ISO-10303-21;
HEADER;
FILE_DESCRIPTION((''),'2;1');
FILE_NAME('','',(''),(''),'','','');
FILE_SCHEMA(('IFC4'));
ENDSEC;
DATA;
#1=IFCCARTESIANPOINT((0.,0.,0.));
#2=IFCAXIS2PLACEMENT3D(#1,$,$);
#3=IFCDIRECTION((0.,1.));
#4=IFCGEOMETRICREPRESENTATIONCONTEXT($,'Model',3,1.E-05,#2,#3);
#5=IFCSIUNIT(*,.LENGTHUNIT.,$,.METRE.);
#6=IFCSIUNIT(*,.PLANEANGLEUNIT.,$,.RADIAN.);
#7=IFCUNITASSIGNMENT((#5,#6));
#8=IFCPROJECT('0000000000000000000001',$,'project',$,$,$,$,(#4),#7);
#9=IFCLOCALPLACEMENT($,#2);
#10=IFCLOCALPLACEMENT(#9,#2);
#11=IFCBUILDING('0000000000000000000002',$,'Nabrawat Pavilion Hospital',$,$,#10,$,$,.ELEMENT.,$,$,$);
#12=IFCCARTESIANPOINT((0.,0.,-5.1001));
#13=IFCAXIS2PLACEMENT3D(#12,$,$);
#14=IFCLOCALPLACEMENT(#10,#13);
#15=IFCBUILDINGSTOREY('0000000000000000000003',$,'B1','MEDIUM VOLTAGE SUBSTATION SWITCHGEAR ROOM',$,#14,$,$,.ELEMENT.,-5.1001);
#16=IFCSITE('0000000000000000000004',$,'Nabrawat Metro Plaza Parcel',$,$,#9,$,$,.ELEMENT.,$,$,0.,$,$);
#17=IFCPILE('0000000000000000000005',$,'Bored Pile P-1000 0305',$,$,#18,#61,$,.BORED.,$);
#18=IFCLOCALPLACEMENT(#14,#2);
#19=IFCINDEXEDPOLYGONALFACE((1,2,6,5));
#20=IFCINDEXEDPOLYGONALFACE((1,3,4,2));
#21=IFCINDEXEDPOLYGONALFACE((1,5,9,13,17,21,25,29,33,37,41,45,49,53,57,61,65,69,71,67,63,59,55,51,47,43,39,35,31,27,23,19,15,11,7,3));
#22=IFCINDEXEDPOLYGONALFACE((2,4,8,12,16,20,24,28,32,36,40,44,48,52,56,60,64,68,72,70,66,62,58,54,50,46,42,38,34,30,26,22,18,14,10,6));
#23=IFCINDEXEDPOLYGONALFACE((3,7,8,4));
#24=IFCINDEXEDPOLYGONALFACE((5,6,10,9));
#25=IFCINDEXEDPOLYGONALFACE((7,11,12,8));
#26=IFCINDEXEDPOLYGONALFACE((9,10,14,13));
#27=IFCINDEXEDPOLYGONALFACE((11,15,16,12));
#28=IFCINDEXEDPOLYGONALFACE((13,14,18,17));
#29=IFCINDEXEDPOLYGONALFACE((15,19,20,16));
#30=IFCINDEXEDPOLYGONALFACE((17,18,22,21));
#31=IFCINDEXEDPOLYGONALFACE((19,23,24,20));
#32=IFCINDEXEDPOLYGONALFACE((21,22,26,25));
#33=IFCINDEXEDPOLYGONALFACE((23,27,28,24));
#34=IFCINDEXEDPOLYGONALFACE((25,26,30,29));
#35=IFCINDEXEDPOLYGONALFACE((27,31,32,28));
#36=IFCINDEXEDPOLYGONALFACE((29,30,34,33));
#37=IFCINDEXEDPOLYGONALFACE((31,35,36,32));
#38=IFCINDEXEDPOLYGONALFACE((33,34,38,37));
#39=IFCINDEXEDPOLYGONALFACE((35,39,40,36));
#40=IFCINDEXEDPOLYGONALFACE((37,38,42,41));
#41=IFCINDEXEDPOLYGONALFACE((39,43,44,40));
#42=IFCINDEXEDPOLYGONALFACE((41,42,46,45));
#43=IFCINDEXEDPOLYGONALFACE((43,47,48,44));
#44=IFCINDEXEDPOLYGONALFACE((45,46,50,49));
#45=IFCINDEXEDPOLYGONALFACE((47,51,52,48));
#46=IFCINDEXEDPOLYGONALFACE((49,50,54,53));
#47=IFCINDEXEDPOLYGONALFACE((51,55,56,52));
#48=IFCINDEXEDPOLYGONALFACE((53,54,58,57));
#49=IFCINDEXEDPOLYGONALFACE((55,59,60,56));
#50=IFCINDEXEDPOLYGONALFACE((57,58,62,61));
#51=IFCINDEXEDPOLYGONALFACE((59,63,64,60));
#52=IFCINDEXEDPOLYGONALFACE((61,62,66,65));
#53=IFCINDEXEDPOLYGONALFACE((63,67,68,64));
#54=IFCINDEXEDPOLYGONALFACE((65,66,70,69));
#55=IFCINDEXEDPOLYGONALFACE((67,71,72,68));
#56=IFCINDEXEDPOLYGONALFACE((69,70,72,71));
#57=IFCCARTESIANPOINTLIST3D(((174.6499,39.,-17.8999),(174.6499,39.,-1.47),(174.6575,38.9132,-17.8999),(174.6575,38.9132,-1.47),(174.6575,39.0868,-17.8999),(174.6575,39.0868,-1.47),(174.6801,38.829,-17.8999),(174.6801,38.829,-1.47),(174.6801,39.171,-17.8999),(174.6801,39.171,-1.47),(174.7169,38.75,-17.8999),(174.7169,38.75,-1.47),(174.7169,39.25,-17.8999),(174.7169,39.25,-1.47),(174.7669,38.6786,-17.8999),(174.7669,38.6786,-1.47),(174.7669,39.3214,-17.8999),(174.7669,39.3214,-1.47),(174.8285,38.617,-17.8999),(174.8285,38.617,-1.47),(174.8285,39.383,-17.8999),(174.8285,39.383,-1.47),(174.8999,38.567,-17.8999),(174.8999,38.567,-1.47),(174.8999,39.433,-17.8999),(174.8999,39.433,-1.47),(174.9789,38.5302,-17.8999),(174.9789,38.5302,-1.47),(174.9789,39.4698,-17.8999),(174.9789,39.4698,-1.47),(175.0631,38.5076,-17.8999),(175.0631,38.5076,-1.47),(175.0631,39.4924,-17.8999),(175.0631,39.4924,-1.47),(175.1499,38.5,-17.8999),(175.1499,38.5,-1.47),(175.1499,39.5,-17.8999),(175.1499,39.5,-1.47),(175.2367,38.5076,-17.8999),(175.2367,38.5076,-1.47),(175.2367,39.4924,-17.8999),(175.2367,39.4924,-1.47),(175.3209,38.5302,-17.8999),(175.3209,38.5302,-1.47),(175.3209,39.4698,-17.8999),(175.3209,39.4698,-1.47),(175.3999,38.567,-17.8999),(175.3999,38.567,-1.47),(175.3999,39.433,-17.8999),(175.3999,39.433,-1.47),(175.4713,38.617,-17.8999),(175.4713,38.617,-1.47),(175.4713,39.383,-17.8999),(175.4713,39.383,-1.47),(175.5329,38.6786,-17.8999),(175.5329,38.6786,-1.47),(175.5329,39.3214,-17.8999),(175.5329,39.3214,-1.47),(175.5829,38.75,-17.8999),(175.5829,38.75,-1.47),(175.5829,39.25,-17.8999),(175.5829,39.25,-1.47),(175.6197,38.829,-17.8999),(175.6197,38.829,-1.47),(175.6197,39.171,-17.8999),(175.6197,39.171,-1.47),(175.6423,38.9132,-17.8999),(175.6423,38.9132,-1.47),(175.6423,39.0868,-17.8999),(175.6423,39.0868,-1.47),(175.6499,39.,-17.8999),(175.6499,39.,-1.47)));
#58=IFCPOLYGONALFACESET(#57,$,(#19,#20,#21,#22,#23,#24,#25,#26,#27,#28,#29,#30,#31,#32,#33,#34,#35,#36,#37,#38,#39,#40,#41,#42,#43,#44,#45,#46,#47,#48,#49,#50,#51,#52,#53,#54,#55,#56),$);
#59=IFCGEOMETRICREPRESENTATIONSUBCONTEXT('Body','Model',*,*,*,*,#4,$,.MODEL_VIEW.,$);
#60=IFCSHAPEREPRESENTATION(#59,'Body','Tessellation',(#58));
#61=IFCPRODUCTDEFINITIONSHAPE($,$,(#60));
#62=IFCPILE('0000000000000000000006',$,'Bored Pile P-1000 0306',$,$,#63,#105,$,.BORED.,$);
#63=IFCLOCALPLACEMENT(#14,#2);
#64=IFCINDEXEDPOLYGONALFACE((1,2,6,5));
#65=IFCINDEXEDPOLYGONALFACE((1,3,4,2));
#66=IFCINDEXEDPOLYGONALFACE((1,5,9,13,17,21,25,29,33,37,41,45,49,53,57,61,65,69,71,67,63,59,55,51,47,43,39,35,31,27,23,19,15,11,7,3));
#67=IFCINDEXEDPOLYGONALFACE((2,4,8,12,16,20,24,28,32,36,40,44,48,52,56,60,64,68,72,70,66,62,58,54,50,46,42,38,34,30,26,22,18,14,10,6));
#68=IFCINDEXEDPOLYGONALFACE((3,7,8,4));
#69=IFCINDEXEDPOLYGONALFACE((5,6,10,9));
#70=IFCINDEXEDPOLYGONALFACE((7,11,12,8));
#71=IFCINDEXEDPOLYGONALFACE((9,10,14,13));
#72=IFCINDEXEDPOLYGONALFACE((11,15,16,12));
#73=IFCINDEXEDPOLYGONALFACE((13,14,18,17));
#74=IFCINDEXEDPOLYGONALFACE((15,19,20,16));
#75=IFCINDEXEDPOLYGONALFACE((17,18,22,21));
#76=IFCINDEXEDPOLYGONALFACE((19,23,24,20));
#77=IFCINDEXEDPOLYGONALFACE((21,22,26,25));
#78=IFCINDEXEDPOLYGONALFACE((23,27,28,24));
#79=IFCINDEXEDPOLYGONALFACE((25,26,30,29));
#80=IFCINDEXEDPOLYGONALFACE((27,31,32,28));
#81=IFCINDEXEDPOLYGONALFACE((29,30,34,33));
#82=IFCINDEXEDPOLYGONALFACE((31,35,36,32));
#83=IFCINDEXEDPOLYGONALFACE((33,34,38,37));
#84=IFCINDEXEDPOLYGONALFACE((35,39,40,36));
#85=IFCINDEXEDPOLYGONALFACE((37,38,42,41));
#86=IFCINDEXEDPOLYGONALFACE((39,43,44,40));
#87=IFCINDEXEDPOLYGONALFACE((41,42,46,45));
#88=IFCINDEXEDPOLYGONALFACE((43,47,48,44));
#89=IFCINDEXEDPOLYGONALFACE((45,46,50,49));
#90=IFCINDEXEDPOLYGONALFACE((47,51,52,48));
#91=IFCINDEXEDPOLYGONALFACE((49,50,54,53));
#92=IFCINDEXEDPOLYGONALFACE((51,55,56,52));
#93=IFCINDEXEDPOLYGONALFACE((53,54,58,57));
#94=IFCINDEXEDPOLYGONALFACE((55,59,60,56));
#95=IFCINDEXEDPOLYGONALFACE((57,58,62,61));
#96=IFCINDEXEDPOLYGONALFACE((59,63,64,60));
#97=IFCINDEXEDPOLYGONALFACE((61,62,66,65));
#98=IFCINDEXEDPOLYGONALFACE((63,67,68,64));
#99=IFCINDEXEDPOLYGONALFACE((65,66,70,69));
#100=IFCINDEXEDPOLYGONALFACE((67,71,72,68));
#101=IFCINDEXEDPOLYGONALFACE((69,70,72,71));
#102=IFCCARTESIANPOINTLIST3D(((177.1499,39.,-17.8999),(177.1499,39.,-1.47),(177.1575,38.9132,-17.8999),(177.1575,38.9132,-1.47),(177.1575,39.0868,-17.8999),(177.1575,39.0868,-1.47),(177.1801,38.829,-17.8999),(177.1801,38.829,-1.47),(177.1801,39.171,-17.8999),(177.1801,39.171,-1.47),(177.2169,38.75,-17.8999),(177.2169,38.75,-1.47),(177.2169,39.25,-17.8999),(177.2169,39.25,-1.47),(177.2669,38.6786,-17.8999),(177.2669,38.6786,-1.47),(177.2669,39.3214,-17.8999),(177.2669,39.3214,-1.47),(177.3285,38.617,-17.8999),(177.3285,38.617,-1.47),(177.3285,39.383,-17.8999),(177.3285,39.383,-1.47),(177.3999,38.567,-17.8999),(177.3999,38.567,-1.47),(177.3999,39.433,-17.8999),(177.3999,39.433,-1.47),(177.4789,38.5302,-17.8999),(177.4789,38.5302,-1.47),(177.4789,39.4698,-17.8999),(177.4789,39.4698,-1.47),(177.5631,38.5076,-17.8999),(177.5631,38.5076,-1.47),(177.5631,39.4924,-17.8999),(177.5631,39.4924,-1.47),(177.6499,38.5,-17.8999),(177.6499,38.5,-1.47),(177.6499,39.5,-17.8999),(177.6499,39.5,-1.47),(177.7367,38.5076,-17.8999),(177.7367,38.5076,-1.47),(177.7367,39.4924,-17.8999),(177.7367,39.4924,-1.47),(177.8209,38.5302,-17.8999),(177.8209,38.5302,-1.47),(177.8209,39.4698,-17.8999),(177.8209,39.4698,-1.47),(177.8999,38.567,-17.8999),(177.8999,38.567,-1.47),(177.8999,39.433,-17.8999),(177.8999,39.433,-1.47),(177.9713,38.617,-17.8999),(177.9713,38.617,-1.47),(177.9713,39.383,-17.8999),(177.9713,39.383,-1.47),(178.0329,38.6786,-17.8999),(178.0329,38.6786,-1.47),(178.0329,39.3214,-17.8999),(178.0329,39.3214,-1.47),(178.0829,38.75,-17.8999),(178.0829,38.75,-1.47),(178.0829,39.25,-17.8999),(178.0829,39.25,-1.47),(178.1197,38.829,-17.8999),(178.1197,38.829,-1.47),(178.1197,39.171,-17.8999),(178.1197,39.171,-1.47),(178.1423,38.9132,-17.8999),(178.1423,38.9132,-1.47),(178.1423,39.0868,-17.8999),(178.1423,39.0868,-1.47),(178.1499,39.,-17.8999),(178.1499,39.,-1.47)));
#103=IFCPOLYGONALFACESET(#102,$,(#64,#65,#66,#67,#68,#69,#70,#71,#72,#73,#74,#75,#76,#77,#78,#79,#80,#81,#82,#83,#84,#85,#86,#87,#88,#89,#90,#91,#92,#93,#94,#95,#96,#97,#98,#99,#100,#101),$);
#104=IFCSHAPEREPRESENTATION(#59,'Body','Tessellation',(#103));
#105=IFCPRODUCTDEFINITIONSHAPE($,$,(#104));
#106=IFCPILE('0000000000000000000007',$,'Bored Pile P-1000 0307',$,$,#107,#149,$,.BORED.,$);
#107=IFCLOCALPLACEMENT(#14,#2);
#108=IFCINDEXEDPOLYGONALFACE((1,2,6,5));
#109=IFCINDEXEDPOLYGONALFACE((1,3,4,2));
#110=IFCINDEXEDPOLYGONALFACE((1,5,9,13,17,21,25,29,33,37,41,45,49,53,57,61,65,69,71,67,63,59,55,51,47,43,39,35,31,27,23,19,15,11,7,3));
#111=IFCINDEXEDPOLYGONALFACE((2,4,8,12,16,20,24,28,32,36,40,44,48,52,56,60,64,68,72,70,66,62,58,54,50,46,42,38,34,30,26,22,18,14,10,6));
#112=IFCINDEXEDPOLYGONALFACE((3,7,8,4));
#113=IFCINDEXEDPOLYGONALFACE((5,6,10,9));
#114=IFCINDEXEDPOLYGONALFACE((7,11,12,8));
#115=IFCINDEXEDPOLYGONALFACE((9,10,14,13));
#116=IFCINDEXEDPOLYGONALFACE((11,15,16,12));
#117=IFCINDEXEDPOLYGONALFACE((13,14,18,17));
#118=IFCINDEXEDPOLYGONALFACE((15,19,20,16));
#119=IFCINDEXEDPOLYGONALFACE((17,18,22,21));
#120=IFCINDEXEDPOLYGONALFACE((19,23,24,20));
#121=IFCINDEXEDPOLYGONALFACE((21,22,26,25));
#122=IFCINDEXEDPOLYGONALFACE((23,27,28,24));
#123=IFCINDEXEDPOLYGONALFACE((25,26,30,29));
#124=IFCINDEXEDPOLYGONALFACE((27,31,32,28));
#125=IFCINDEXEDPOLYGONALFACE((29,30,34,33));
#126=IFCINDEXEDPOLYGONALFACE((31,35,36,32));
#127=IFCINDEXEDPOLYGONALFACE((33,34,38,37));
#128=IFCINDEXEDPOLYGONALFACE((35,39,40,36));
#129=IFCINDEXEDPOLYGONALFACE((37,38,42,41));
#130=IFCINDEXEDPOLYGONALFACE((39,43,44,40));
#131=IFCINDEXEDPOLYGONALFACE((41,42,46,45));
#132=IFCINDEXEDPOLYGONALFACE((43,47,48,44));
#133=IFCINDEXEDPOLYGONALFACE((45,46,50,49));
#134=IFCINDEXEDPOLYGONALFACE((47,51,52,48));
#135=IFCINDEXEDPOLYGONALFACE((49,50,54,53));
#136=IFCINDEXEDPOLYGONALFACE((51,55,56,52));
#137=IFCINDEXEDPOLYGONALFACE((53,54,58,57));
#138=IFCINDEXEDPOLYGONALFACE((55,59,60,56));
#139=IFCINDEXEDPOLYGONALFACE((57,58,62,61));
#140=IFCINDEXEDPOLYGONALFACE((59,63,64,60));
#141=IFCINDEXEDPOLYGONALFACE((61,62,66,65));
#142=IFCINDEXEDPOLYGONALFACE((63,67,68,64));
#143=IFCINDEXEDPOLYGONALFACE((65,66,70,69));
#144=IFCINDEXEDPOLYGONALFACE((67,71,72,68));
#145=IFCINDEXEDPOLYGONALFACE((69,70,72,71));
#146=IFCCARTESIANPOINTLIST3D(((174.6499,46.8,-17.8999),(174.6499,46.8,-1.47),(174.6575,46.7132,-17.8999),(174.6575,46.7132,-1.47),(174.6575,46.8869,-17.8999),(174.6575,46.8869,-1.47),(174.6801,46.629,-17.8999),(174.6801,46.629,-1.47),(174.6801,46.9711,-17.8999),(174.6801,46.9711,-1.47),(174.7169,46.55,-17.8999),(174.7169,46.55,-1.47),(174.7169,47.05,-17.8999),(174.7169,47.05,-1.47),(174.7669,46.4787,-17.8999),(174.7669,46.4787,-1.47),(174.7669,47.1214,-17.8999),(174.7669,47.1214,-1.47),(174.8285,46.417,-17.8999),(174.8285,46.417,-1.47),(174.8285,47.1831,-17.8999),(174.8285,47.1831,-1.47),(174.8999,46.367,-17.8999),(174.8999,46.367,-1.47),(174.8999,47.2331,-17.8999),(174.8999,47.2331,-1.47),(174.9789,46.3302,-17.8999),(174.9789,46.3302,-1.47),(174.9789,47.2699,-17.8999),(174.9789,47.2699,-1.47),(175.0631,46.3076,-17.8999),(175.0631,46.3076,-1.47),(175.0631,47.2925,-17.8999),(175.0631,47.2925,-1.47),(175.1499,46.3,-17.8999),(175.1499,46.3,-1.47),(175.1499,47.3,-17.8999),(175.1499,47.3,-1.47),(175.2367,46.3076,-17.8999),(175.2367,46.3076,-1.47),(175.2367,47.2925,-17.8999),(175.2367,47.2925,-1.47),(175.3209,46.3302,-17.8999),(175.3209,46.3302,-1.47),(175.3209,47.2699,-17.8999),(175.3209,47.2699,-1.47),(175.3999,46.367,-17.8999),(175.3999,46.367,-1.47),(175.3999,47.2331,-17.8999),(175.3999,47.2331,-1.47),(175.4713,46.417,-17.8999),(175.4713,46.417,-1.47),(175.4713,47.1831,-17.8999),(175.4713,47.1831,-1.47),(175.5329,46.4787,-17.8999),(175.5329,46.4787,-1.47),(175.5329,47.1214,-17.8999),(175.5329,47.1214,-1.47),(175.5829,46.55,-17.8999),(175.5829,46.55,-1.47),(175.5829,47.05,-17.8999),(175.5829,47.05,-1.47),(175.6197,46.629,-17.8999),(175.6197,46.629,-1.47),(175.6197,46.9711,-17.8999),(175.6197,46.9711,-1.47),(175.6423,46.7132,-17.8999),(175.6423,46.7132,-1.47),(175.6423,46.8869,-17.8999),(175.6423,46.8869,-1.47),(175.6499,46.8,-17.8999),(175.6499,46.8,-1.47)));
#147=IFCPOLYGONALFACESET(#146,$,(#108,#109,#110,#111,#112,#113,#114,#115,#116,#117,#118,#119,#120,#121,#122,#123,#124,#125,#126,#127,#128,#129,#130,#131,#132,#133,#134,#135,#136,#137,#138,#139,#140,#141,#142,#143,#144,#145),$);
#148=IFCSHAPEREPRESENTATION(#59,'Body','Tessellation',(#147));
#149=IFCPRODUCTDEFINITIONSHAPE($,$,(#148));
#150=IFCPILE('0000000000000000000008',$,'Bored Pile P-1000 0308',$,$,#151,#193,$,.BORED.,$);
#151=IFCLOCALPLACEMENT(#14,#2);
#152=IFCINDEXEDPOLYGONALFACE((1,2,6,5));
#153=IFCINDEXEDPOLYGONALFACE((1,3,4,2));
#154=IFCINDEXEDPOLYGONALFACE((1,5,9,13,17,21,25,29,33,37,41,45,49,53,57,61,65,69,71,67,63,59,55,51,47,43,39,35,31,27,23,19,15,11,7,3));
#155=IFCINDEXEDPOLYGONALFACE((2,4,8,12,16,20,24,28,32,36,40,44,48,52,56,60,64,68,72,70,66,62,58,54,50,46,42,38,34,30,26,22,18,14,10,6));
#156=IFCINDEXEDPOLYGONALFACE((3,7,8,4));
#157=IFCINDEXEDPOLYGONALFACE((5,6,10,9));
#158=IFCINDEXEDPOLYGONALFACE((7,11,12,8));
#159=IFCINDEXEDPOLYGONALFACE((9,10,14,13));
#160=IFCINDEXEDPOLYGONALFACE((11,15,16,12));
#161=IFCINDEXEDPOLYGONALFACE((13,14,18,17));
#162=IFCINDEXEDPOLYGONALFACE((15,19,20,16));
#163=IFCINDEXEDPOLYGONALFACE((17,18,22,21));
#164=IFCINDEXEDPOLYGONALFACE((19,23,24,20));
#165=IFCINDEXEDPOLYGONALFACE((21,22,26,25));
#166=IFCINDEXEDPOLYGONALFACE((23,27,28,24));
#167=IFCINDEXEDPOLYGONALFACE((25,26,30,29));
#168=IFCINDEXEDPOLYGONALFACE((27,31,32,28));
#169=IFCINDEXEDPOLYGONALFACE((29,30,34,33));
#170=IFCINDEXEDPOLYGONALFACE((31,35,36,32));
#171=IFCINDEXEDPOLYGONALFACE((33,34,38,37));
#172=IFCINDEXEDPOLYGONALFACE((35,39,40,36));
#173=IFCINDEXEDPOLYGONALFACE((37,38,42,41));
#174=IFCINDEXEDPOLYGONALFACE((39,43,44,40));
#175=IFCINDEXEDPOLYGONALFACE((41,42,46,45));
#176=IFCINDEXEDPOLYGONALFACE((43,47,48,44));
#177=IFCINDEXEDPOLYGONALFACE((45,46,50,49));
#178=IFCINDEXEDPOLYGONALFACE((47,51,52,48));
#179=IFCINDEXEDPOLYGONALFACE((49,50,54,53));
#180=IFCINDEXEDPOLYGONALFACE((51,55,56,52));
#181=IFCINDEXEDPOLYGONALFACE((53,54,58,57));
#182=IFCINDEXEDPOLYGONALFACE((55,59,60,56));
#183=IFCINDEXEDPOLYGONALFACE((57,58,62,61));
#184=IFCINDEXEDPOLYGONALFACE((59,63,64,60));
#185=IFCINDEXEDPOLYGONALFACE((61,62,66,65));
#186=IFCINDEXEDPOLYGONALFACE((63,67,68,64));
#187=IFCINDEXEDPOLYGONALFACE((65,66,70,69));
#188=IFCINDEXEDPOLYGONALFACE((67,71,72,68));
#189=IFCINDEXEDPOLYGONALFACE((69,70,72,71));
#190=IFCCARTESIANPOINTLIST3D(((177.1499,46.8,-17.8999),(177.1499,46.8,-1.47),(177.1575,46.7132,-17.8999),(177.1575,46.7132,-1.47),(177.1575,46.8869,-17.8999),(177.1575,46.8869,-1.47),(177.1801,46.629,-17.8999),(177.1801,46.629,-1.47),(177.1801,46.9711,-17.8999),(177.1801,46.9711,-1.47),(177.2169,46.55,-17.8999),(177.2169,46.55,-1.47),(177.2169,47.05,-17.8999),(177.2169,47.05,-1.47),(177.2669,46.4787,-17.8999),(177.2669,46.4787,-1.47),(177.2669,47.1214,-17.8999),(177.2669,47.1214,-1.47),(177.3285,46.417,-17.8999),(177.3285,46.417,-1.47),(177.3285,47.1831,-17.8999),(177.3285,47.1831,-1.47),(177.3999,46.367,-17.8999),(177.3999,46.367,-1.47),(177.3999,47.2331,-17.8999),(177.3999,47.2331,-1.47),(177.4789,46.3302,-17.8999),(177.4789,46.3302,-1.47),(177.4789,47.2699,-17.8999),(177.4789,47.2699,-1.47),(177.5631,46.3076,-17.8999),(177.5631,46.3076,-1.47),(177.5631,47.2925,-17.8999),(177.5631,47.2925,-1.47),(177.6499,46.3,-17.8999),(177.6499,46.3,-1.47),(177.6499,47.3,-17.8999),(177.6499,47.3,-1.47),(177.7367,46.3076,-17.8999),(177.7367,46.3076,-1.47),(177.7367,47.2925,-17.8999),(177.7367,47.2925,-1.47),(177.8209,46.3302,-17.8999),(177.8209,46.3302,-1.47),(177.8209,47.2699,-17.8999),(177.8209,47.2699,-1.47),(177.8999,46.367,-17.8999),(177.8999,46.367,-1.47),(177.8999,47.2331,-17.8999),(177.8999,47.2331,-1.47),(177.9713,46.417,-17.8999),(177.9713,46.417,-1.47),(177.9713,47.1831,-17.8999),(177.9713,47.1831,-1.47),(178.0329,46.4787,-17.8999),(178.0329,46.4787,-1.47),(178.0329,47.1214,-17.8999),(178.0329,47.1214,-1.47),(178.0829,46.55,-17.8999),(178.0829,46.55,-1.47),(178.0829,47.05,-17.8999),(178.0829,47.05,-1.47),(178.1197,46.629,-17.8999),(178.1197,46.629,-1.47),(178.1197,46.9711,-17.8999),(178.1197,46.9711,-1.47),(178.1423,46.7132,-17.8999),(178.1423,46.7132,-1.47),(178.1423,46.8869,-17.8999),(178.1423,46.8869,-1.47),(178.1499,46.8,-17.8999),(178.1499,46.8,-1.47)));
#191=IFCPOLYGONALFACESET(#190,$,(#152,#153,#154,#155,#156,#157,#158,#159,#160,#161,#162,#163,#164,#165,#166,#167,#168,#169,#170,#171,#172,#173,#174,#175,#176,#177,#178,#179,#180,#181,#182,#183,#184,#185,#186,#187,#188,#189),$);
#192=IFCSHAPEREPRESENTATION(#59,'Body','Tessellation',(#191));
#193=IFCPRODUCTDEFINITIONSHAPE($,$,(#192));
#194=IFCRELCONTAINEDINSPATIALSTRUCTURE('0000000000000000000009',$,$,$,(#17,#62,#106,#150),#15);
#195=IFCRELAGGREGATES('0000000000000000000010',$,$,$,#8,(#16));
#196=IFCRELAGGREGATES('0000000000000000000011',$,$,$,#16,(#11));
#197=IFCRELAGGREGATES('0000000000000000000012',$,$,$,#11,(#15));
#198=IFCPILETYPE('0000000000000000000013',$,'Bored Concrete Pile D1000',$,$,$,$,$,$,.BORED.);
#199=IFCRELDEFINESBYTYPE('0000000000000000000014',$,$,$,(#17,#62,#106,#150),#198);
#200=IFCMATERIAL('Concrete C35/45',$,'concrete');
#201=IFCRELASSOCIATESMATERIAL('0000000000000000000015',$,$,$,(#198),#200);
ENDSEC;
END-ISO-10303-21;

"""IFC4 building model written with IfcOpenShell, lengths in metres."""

from ifc_helpers import new_model, si_unit, direction, frame, origin, origin_2d, place, context, subcontext, project, spatial, circle, extrude, material, material_profile, profile_set, type_object, element, save


model = new_model("IFC4")

# Units and contexts
model_context = context("Model", 3, precision=1e-05, world=origin(), true_north=direction((0.0, 1.0)))
body_context = subcontext(model_context, "Body", "Model", "MODEL_VIEW")
ifc_project = project(units=[si_unit("LENGTHUNIT", "METRE"), si_unit("PLANEANGLEUNIT", "RADIAN")], contexts=[model_context])

# Site, building, storey
site_placement = place(None, origin())
site = spatial("IfcSite", under=ifc_project, at=site_placement, Name="Nabrawat Metro Plaza Parcel", CompositionType="ELEMENT", RefElevation=0.0)
building_placement = place(site_placement, origin())
building = spatial("IfcBuilding", under=site, at=building_placement, Name="Nabrawat Pavilion Hospital", CompositionType="ELEMENT")
storey_placement = place(building_placement, frame((0.0, 0.0, -5.1001)))
storey = spatial("IfcBuildingStorey", under=building, at=storey_placement, Name="B1", Description="MEDIUM VOLTAGE SUBSTATION SWITCHGEAR ROOM", CompositionType="ELEMENT", Elevation=-5.1001)

# Piles
ifc_material_1 = material(Name="Concrete C35/45", Category="concrete")
ifc_material_profile_1 = material_profile(ifc_material_1, circle(Radius=0.5, at=origin_2d()), Name="DIA 1000")
ifc_profile_set_1 = profile_set([ifc_material_profile_1], Name="Concrete C35/45")
pile_type_1 = type_object("IfcPileType", Name="Bored Concrete Pile D1000", PredefinedType="BORED", material=ifc_profile_set_1)
for number, where, z_axis, x_axis, name in (
    (1, (175.1499, 39.0, -1.47), (0.0, 0.0, -1.0), (1.0, 0.0, 0.0), "Bored Pile P-1000 0305"),
    (2, (177.6499, 39.0, -1.47), (0.0, 0.0, -1.0), (1.0, 0.0, 0.0), "Bored Pile P-1000 0306"),
    (3, (175.1499, 46.8, -1.47), (0.0, 0.0, -1.0), (1.0, 0.0, 0.0), "Bored Pile P-1000 0307"),
    (4, (177.6499, 46.8, -1.47), (0.0, 0.0, -1.0), (1.0, 0.0, 0.0), "Bored Pile P-1000 0308"),
):
    element("IfcPile", number, at=place(storey_placement, frame(where, z_axis=z_axis, x_axis=x_axis)), inside=storey, type_object=pile_type_1, Name=name, PredefinedType="BORED", context=body_context, shape_type="SweptSolid", body=[
        extrude(circle(Radius=0.5, at=origin_2d()), origin(), (0.0, 0.0, 1.0), 16.4299),
    ])

save(model, "model.ifc")
